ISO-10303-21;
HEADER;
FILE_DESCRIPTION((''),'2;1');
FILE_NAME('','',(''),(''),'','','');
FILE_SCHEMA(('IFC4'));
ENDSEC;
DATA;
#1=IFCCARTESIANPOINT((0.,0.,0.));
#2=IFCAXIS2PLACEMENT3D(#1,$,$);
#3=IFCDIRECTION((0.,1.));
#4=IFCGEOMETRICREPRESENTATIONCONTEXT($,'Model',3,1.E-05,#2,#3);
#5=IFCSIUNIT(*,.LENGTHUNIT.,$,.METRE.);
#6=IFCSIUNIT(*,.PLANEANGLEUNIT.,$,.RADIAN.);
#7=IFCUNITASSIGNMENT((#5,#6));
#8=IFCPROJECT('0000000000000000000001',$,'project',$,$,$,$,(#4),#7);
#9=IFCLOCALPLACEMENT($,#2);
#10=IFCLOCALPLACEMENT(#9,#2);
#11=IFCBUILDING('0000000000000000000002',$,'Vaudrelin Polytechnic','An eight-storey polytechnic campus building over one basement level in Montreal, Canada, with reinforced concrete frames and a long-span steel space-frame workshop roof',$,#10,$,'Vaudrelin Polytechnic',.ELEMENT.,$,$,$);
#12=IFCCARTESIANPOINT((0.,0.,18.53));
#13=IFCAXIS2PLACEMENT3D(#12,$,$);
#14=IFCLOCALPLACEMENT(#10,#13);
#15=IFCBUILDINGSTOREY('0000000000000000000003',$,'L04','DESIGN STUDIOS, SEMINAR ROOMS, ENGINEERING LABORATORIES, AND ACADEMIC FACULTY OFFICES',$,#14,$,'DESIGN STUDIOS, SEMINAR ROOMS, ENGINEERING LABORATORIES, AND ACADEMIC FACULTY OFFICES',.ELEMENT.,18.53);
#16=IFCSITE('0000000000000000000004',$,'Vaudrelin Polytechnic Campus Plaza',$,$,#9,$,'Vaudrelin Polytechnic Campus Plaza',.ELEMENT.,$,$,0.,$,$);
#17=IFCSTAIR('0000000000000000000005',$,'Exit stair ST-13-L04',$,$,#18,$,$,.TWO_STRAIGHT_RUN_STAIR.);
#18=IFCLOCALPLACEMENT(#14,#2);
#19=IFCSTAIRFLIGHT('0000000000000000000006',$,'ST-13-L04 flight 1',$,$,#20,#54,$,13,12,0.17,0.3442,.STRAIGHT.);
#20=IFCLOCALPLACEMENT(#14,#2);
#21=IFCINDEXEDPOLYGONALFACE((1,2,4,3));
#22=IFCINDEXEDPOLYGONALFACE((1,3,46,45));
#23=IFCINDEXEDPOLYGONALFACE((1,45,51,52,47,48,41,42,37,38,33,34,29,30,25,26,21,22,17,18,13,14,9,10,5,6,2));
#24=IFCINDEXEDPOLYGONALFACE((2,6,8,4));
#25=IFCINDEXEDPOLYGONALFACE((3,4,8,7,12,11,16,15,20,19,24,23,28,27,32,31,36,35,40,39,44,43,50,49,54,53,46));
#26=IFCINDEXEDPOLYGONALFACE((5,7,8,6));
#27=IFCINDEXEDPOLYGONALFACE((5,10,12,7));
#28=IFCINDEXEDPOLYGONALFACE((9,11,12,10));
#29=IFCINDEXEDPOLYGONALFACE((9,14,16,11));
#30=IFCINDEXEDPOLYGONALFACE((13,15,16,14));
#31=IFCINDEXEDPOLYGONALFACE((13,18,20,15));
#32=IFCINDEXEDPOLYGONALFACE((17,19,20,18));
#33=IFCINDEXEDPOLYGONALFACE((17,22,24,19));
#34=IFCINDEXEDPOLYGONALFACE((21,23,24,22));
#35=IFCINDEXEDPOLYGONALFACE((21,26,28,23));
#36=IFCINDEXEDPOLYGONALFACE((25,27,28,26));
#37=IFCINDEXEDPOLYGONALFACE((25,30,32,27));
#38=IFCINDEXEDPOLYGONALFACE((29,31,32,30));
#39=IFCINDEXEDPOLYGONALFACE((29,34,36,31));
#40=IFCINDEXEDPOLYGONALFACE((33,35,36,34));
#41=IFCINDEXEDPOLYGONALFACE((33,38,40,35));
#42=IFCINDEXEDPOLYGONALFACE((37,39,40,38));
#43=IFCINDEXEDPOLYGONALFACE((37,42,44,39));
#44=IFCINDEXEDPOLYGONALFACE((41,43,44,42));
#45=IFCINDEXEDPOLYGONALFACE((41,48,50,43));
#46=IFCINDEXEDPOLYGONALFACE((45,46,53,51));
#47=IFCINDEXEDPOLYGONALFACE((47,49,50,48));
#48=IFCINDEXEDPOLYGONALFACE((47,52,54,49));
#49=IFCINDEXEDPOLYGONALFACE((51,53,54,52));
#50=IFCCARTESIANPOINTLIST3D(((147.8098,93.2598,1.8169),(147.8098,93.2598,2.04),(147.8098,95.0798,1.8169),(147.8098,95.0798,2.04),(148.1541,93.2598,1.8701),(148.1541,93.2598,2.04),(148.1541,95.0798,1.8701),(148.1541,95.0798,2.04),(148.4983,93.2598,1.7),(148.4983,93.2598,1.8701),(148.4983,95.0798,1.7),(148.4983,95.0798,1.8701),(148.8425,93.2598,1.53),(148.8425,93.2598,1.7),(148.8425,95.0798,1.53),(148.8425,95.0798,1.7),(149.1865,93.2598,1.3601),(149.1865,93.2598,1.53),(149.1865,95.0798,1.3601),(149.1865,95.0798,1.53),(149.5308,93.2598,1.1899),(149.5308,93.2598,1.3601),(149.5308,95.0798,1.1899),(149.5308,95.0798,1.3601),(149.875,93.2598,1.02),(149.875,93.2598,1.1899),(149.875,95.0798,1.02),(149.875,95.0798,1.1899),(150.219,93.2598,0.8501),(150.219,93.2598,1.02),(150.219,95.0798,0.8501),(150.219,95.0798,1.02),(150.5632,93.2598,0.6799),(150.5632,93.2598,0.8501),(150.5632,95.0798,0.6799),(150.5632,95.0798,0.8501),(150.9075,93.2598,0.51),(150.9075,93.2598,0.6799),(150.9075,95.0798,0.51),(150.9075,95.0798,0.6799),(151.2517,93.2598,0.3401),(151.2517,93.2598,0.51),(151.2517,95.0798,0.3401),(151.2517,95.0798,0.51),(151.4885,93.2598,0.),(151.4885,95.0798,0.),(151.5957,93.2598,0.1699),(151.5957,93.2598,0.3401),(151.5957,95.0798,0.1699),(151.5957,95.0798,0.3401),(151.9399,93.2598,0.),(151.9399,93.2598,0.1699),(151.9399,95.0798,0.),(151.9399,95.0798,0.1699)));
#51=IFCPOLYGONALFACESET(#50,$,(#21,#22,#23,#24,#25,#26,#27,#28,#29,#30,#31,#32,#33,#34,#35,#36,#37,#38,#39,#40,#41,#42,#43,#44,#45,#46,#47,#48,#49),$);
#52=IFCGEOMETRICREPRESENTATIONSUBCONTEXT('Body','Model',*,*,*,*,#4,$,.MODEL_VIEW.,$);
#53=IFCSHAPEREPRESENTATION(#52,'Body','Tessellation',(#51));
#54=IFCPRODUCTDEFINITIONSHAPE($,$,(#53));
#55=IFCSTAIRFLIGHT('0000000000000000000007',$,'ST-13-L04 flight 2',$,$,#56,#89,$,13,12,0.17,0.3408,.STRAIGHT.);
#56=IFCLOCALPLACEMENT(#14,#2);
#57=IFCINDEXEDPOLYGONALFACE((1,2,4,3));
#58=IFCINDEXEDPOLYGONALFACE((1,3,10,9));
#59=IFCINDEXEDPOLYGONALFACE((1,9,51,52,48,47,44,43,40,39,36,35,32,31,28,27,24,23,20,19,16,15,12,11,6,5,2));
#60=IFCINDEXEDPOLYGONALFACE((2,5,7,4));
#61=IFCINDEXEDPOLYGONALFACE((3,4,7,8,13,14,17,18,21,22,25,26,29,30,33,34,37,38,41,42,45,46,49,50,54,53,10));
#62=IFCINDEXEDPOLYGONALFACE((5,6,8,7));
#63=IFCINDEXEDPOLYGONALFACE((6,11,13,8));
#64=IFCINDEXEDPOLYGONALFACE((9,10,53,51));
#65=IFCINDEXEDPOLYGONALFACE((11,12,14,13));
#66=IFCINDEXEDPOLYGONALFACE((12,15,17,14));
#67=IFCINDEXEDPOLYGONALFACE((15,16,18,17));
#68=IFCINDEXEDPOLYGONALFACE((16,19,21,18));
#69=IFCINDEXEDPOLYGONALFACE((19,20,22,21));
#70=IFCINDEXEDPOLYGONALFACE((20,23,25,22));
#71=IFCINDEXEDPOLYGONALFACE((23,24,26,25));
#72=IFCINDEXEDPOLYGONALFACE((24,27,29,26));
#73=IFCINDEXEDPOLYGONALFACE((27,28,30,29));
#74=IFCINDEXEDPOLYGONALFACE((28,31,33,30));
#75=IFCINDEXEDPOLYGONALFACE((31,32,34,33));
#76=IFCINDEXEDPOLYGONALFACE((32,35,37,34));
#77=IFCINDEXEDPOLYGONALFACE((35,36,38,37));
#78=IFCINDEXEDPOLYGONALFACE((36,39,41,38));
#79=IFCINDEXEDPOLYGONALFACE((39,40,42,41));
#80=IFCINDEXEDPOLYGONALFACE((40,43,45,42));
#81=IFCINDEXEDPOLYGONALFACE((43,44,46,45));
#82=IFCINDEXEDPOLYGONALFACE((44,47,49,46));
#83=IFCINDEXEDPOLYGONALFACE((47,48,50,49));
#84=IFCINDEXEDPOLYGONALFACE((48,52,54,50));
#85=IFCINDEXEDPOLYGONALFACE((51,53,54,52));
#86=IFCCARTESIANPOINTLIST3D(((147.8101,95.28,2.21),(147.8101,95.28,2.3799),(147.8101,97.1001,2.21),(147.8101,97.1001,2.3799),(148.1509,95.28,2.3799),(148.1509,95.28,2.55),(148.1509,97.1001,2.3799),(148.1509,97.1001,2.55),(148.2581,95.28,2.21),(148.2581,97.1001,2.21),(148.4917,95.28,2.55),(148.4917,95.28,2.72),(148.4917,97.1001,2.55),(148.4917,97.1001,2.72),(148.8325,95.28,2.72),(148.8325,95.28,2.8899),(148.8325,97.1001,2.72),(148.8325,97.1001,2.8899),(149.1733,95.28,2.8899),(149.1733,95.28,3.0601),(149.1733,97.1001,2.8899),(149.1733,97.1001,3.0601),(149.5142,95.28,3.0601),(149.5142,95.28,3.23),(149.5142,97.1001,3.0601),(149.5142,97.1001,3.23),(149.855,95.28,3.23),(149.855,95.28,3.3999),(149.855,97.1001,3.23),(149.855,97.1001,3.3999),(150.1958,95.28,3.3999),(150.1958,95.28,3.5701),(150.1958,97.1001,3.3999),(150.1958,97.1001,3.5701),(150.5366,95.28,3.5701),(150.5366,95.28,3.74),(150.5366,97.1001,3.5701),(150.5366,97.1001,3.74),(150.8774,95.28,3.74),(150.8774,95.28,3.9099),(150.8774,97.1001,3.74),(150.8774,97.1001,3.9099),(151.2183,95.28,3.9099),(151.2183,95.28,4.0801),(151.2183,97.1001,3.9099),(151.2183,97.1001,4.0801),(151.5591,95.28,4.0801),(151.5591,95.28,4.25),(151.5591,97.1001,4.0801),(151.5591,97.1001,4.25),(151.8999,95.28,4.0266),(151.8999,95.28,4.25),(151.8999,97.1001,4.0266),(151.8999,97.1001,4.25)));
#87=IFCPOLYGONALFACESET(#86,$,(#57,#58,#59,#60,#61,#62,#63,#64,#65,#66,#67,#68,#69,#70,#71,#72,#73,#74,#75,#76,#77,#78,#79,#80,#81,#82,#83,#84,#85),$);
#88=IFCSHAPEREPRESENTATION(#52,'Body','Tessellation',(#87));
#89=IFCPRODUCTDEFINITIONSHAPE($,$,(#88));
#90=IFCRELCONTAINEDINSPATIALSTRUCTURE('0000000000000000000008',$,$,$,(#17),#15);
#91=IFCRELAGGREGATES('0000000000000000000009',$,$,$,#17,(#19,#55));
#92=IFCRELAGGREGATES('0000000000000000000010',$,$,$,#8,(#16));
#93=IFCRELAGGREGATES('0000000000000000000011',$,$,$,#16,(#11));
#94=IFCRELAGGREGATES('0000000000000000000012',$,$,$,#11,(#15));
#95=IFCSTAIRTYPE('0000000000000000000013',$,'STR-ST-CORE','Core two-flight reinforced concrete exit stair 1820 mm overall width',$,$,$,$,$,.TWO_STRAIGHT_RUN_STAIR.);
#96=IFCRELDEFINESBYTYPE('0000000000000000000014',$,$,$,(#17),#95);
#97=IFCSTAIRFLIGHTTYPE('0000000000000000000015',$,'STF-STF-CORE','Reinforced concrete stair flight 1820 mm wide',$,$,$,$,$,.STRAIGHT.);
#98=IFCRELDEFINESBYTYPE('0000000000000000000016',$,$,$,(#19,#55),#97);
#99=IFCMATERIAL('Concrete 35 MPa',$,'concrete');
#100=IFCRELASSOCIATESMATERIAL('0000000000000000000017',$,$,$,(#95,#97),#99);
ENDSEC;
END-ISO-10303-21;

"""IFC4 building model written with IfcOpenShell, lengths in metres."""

from ifc_helpers import new_model, si_unit, direction, frame, origin, place, context, subcontext, project, spatial, polyline, outline, extrude, material, type_object, element, aggregate, save


model = new_model("IFC4")

# Units and contexts
model_context = context("Model", 3, precision=1e-05, world=origin(), true_north=direction((0.0, 1.0)))
body_context = subcontext(model_context, "Body", "Model", "MODEL_VIEW")
ifc_project = project(units=[si_unit("LENGTHUNIT", "METRE"), si_unit("PLANEANGLEUNIT", "RADIAN")], contexts=[model_context])

# Site, building, storey
site_placement = place(None, origin())
site = spatial("IfcSite", under=ifc_project, at=site_placement, Name="Vaudrelin Polytechnic Campus Plaza", LongName="Vaudrelin Polytechnic Campus Plaza", CompositionType="ELEMENT", RefElevation=0.0)
building_placement = place(site_placement, origin())
building = spatial("IfcBuilding", under=site, at=building_placement, Name="Vaudrelin Polytechnic", Description="An eight-storey polytechnic campus building over one basement level in Montreal, Canada, with reinforced concrete frames and a long-span steel space-frame workshop roof", LongName="Vaudrelin Polytechnic", CompositionType="ELEMENT")
storey_placement = place(building_placement, frame((0.0, 0.0, 18.53)))
storey = spatial("IfcBuildingStorey", under=building, at=storey_placement, Name="L04", Description="DESIGN STUDIOS, SEMINAR ROOMS, ENGINEERING LABORATORIES, AND ACADEMIC FACULTY OFFICES", LongName="DESIGN STUDIOS, SEMINAR ROOMS, ENGINEERING LABORATORIES, AND ACADEMIC FACULTY OFFICES", CompositionType="ELEMENT", Elevation=18.53)

# Stair, stair flights
ifc_material_1 = material(Name="Concrete 35 MPa", Category="concrete")
stair_type = type_object("IfcStairType", Name="STR-ST-CORE", Description="Core two-flight reinforced concrete exit stair 1820 mm overall width", PredefinedType="TWO_STRAIGHT_RUN_STAIR", material=ifc_material_1)
stair_placement = place(storey_placement, origin())
stair = element("IfcStair", 1, at=stair_placement, inside=storey, type_object=stair_type, Name="Exit stair ST-13-L04", PredefinedType="TWO_STRAIGHT_RUN_STAIR")
stair_flight_type = type_object("IfcStairFlightType", Name="STF-STF-CORE", Description="Reinforced concrete stair flight 1820 mm wide", PredefinedType="STRAIGHT", material=ifc_material_1)
stair_flight_1_placement = place(storey_placement, frame((151.9399, 94.1699, 0.0), z_axis=(0.0, 0.0, 1.0), x_axis=(-1.0, 0.0, 0.0)))
stair_flight_1 = element("IfcStairFlight", 2, at=stair_flight_1_placement, type_object=stair_flight_type, Name="ST-13-L04 flight 1", NumberOfRisers=13, NumberOfTreads=12, PredefinedType="STRAIGHT", RiserHeight=0.17, TreadLength=0.3442, context=body_context, shape_type="SweptSolid", body=[
    extrude(outline(polyline([(0.0, 0.0), (0.0, 0.1699), (0.3442, 0.1699), (0.3442, 0.3401), (0.6882, 0.3401), (0.6882, 0.51), (1.0325, 0.51), (1.0325, 0.6799), (1.3767, 0.6799), (1.3767, 0.8501), (1.7209, 0.8501), (1.7209, 1.02), (2.0649, 1.02), (2.0649, 1.1899), (2.4092, 1.1899), (2.4092, 1.3601), (2.7534, 1.3601), (2.7534, 1.53), (3.0974, 1.53), (3.0974, 1.7), (3.4417, 1.7), (3.4417, 1.8701), (3.7859, 1.8701), (3.7859, 2.04), (4.1301, 2.04), (4.1301, 2.21), (4.1301, 1.8169), (0.4514, 0.0), (0.0, 0.0)])), frame((0.0, 0.9102, 0.0), z_axis=(0.0, -1.0, 0.0), x_axis=(1.0, 0.0, 0.0)), (0.0, 0.0, 1.0), 1.8201),
])
stair_flight_2_placement = place(storey_placement, frame((147.8101, 96.1899, 2.21), z_axis=(0.0, 0.0, 1.0), x_axis=(1.0, 0.0, 0.0)))
stair_flight_2 = element("IfcStairFlight", 3, at=stair_flight_2_placement, type_object=stair_flight_type, Name="ST-13-L04 flight 2", NumberOfRisers=13, NumberOfTreads=12, PredefinedType="STRAIGHT", RiserHeight=0.17, TreadLength=0.3408, context=body_context, shape_type="SweptSolid", body=[
    extrude(outline(polyline([(0.0, 0.0), (0.0, 0.1699), (0.3408, 0.1699), (0.3408, 0.3401), (0.6816, 0.3401), (0.6816, 0.51), (1.0225, 0.51), (1.0225, 0.6799), (1.3633, 0.6799), (1.3633, 0.8501), (1.7041, 0.8501), (1.7041, 1.02), (2.0449, 1.02), (2.0449, 1.1899), (2.3857, 1.1899), (2.3857, 1.3601), (2.7266, 1.3601), (2.7266, 1.53), (3.0674, 1.53), (3.0674, 1.7), (3.4082, 1.7), (3.4082, 1.8701), (3.749, 1.8701), (3.749, 2.04), (4.0898, 2.04), (4.0898, 2.21), (4.0898, 1.8167), (0.448, 0.0), (0.0, 0.0)])), frame((0.0, 0.9102, 0.0), z_axis=(0.0, -1.0, 0.0), x_axis=(1.0, 0.0, 0.0)), (0.0, 0.0, 1.0), 1.8201),
])
aggregate(stair, [stair_flight_1, stair_flight_2])

save(model, "model.ifc")
